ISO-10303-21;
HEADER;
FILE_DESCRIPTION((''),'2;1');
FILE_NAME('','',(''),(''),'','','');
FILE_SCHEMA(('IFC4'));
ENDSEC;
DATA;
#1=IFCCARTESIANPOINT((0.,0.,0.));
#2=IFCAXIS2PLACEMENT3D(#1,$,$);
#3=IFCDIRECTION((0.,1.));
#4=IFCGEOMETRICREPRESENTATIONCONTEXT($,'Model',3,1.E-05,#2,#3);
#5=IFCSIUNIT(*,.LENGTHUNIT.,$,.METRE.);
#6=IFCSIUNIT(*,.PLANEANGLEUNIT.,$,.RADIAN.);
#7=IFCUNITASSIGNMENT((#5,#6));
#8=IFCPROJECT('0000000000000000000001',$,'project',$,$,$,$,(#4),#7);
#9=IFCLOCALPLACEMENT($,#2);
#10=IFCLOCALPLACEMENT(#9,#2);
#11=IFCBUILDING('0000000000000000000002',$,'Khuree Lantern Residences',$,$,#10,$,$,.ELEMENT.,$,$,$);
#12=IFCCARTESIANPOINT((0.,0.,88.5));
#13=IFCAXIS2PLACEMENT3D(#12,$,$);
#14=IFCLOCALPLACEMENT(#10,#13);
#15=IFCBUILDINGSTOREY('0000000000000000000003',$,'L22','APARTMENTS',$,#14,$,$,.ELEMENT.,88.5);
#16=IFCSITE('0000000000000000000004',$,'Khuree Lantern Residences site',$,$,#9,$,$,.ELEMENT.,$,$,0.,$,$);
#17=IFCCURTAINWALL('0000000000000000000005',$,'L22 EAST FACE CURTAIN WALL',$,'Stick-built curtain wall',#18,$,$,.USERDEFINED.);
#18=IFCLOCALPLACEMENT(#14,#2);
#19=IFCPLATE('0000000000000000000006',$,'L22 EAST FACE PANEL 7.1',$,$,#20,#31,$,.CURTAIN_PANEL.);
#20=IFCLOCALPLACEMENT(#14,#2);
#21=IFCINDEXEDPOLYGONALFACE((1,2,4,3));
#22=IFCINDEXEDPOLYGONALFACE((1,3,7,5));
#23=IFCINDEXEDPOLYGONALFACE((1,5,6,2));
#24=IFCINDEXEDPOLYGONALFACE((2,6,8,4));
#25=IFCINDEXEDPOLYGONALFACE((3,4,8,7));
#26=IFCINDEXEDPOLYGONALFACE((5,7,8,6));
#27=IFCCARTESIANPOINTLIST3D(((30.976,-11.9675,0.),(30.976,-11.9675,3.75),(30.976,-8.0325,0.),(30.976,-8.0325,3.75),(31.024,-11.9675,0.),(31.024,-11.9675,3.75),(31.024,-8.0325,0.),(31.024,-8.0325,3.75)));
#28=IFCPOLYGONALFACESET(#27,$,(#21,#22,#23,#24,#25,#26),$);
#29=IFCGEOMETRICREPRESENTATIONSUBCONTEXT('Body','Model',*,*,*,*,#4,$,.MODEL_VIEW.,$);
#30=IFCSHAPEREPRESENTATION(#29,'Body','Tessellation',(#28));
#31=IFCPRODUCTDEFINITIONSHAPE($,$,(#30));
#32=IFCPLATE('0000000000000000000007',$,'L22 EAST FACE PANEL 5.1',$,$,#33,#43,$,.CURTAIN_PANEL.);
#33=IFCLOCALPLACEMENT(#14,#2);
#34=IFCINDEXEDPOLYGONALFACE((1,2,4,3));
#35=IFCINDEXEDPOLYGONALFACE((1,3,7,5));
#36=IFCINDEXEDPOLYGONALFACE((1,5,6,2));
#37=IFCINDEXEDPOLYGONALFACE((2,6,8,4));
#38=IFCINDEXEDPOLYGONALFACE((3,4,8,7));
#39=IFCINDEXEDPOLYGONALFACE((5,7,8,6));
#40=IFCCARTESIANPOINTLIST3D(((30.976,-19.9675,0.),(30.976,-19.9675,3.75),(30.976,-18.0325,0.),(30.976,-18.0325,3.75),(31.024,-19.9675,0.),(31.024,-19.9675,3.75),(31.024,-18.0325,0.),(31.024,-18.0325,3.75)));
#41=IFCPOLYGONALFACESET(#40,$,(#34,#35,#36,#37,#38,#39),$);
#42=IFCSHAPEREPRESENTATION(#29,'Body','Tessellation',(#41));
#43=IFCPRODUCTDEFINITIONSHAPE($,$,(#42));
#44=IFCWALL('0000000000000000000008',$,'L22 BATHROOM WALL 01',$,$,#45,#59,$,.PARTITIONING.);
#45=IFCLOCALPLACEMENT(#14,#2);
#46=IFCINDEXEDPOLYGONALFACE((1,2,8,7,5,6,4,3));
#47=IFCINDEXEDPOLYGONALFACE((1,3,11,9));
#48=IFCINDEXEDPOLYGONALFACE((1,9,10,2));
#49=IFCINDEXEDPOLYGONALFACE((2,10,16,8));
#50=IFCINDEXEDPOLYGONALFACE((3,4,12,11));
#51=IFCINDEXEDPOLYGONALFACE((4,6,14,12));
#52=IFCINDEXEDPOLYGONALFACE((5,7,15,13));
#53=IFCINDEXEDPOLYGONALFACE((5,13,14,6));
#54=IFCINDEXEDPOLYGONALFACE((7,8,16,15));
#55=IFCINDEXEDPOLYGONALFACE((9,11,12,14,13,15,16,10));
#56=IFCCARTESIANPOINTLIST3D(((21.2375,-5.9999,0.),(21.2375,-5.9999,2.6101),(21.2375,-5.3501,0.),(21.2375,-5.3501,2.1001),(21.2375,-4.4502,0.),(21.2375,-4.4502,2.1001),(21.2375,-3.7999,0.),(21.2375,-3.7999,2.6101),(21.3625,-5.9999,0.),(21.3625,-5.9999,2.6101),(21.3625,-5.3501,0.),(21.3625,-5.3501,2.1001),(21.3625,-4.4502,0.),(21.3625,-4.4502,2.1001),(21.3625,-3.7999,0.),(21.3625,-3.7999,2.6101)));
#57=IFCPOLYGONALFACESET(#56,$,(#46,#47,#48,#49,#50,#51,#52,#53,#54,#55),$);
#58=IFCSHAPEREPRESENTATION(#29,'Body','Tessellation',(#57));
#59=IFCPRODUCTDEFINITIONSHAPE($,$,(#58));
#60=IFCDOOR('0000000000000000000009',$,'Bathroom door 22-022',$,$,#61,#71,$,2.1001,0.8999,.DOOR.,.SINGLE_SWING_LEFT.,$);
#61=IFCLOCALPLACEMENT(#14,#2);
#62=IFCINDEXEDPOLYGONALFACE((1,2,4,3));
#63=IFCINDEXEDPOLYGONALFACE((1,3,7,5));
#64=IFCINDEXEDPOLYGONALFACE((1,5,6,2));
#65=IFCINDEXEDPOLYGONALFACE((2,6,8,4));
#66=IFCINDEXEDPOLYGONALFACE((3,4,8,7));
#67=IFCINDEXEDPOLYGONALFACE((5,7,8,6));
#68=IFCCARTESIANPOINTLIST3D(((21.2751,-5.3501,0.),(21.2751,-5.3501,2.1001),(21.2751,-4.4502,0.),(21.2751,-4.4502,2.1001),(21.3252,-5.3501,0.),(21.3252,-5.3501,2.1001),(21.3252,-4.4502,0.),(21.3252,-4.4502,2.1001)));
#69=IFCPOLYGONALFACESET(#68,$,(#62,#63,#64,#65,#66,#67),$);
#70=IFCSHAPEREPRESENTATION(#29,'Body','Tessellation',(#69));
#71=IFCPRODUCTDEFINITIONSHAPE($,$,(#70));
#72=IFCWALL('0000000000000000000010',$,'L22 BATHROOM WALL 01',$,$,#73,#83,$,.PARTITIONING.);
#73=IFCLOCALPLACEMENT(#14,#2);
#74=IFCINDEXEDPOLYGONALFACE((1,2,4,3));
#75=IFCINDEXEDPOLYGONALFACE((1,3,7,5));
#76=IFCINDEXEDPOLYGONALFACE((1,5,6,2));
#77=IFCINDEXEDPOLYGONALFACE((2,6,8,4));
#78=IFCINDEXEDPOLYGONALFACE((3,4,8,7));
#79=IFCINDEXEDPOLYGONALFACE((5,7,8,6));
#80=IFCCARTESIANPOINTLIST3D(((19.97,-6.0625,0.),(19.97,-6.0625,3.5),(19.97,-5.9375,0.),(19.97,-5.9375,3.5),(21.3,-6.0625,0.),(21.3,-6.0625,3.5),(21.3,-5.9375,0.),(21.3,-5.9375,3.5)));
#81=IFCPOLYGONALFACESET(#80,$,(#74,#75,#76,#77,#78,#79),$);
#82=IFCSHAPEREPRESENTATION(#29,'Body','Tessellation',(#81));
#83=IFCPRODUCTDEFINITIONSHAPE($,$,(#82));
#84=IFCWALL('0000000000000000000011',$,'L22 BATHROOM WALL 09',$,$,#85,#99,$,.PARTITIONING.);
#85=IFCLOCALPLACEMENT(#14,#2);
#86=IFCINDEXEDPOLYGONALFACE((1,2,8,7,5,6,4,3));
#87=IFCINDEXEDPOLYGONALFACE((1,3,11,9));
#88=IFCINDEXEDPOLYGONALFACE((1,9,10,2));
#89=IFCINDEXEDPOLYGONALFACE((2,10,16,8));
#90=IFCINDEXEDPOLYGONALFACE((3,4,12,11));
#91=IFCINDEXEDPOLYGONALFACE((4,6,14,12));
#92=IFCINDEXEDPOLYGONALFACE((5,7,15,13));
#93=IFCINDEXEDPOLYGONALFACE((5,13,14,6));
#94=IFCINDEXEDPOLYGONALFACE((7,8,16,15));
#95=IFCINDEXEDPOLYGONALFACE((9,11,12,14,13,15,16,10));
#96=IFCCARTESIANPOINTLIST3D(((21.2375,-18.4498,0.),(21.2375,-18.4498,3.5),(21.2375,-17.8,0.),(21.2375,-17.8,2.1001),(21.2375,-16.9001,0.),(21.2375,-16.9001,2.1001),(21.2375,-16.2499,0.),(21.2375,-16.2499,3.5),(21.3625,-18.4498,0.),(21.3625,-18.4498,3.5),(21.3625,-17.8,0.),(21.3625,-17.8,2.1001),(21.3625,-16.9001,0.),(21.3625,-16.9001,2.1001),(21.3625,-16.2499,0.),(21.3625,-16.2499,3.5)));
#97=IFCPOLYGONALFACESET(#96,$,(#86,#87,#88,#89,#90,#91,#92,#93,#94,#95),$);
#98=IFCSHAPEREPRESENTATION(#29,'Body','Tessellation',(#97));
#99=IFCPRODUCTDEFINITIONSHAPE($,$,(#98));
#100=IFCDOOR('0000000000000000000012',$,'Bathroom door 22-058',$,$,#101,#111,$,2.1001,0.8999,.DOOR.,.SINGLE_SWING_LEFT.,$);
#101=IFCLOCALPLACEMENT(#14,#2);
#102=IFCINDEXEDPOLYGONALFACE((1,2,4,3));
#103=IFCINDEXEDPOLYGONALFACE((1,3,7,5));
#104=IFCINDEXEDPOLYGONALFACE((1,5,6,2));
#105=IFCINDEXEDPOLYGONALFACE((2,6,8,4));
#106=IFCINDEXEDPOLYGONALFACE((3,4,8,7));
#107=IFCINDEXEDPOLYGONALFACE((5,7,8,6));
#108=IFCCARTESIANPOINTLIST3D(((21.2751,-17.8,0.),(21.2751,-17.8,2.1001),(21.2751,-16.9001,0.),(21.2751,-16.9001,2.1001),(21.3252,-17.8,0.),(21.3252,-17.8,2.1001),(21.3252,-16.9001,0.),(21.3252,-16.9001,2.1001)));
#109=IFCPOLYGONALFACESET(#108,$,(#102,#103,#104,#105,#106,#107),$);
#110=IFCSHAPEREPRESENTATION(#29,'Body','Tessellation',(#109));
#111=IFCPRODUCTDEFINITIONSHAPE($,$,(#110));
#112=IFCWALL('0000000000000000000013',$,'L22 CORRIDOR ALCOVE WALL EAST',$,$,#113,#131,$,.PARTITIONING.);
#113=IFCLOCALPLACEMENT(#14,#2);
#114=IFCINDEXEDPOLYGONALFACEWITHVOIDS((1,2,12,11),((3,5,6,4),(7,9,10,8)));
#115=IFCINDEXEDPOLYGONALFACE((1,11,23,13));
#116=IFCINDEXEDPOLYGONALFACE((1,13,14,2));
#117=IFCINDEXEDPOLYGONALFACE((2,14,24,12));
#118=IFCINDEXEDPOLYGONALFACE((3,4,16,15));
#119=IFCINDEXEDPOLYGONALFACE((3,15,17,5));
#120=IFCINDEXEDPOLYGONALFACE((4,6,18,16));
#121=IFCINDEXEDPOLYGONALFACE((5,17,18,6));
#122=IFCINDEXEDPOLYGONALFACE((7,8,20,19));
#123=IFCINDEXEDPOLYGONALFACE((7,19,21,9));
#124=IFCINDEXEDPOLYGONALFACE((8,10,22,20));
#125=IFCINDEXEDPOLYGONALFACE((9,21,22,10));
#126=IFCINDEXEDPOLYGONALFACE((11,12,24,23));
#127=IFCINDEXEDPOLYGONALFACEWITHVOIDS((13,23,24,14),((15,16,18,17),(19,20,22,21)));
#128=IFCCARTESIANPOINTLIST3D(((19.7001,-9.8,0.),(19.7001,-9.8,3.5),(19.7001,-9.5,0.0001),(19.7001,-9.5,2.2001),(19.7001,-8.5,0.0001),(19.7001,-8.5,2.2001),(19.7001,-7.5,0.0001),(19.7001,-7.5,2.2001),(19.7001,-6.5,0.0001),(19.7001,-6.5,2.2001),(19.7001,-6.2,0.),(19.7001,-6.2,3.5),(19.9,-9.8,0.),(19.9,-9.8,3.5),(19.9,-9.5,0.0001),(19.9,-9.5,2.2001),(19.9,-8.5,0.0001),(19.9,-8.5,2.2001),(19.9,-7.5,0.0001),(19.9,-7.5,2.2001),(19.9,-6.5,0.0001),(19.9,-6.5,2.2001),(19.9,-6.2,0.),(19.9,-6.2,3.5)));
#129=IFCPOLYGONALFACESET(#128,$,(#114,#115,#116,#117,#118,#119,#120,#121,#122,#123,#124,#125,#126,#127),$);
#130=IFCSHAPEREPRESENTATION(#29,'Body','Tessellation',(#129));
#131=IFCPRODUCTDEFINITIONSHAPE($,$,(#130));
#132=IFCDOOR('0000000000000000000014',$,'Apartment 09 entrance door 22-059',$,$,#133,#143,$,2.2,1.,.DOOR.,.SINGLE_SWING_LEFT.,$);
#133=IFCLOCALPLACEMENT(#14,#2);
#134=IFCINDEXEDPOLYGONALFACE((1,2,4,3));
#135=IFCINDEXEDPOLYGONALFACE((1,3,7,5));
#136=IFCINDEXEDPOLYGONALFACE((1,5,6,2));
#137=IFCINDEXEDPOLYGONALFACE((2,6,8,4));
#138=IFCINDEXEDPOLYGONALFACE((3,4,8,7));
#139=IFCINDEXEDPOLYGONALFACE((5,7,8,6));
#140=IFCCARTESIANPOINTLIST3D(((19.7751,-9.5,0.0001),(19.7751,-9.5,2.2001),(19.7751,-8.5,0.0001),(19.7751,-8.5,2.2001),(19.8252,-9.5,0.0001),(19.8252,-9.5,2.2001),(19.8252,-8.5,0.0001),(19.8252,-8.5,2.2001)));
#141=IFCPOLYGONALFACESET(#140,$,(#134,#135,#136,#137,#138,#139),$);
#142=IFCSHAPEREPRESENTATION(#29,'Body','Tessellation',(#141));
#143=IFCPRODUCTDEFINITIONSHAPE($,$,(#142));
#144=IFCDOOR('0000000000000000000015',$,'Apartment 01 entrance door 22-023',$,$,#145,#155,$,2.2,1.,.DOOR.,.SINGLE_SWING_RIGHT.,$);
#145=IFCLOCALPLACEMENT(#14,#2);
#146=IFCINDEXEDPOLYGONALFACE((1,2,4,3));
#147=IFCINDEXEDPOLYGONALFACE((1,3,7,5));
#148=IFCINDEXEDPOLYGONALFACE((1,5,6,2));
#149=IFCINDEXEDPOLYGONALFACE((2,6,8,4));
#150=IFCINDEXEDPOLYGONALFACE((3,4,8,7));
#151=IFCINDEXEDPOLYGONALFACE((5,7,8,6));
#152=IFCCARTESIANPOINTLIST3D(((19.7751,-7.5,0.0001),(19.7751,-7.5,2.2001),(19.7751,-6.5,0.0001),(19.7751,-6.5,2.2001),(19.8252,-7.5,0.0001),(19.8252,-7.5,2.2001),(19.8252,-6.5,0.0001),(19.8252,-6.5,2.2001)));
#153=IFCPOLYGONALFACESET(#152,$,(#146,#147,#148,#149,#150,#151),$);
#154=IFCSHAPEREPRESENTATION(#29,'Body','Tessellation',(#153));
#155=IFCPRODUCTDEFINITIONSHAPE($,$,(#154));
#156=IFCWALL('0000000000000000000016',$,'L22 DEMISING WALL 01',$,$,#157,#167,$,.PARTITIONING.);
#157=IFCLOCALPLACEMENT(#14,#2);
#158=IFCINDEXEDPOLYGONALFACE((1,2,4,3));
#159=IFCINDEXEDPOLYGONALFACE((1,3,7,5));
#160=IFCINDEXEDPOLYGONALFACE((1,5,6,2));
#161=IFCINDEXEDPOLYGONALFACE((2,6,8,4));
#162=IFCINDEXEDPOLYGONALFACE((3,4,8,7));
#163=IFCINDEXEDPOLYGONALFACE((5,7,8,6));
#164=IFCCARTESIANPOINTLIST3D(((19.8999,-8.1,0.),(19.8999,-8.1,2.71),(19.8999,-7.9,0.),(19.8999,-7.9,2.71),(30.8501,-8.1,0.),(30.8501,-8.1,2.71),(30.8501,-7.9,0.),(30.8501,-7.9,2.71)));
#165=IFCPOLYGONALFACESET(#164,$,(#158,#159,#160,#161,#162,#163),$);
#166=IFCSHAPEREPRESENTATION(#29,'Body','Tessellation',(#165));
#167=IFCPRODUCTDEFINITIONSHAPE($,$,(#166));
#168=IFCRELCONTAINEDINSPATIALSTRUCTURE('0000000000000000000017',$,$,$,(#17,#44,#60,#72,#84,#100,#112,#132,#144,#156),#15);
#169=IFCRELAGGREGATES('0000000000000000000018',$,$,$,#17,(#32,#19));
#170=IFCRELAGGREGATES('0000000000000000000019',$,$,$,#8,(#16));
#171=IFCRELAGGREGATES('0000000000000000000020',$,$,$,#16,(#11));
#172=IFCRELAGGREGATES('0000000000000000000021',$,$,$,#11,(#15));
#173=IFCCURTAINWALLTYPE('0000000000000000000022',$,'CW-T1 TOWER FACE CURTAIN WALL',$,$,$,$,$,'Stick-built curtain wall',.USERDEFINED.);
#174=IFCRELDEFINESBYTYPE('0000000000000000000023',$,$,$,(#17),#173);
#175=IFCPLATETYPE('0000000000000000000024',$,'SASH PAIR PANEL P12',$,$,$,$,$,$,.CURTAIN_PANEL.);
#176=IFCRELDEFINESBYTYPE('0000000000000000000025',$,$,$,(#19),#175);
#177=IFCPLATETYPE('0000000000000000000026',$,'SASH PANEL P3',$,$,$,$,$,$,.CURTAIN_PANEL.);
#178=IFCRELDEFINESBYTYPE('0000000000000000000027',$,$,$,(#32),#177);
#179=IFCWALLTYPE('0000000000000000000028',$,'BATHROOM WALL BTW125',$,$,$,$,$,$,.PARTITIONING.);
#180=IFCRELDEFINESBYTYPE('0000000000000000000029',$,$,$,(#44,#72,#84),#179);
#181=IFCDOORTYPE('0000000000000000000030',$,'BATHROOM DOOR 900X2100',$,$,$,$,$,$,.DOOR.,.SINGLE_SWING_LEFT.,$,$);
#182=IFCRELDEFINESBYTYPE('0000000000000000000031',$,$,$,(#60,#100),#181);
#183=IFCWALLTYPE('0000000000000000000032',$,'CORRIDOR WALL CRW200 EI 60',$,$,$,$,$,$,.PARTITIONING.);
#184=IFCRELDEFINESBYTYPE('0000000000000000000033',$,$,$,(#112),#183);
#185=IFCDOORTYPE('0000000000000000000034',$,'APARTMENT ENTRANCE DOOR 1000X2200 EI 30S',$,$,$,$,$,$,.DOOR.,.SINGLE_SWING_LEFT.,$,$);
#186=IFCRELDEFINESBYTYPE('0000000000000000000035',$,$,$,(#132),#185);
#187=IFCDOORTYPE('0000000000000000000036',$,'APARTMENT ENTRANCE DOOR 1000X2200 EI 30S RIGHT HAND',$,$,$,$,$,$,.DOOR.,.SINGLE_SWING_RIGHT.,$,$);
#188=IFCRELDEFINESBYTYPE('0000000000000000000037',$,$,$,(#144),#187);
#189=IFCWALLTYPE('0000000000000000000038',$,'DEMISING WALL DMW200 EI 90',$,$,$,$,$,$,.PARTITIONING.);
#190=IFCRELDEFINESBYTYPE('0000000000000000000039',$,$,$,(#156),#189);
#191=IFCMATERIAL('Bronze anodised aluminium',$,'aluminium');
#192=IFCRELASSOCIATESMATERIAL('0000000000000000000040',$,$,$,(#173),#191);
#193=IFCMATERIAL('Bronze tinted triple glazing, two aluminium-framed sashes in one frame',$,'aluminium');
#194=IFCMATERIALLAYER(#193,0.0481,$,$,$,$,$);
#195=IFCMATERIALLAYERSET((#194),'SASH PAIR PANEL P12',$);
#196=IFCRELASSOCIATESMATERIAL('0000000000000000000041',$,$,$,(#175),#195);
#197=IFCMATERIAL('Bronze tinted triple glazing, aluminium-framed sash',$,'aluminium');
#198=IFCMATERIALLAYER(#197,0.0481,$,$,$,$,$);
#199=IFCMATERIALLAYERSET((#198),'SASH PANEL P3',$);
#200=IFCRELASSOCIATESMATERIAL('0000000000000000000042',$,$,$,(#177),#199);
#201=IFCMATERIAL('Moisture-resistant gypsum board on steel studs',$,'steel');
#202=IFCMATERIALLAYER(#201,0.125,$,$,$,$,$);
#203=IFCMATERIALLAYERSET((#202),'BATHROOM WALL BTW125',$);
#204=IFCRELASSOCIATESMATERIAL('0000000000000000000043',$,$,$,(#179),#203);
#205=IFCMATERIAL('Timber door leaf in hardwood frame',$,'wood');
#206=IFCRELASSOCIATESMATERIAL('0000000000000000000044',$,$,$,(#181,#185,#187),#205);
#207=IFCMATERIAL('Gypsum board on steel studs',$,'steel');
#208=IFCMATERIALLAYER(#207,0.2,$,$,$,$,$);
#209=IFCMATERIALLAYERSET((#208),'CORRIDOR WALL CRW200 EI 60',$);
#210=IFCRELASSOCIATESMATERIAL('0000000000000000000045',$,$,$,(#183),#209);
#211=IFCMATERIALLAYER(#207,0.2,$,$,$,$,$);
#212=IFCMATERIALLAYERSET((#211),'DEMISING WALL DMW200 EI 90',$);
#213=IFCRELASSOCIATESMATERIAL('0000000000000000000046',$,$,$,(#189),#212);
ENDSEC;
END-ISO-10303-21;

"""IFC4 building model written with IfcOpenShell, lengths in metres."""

from ifc_helpers import new_model, si_unit, direction, frame, frame_2d, origin, origin_2d, place, context, subcontext, project, spatial, rectangle, extrude, material, layer, layer_set, type_object, element, fill, aggregate, save


model = new_model("IFC4")

# Units and contexts
model_context = context("Model", 3, precision=1e-05, world=origin(), true_north=direction((0.0, 1.0)))
body_context = subcontext(model_context, "Body", "Model", "MODEL_VIEW")
ifc_project = project(units=[si_unit("LENGTHUNIT", "METRE"), si_unit("PLANEANGLEUNIT", "RADIAN")], contexts=[model_context])

# Site, building, storey
site_placement = place(None, origin())
site = spatial("IfcSite", under=ifc_project, at=site_placement, Name="Khuree Lantern Residences site", CompositionType="ELEMENT", RefElevation=0.0)
building_placement = place(site_placement, origin())
building = spatial("IfcBuilding", under=site, at=building_placement, Name="Khuree Lantern Residences", CompositionType="ELEMENT")
storey_placement = place(building_placement, frame((0.0, 0.0, 88.5)))
storey = spatial("IfcBuildingStorey", under=building, at=storey_placement, Name="L22", Description="APARTMENTS", CompositionType="ELEMENT", Elevation=88.5)

# Curtain wall
ifc_material_1 = material(Name="Bronze anodised aluminium", Category="aluminium")
curtain_wall_type = type_object("IfcCurtainWallType", Name="CW-T1 TOWER FACE CURTAIN WALL", ElementType="Stick-built curtain wall", PredefinedType="USERDEFINED", material=ifc_material_1)
curtain_wall_placement = place(storey_placement, origin())
curtain_wall = element("IfcCurtainWall", 1, at=curtain_wall_placement, inside=storey, type_object=curtain_wall_type, Name="L22 EAST FACE CURTAIN WALL", ObjectType="Stick-built curtain wall", PredefinedType="USERDEFINED")

# Plates
ifc_material_2 = material(Name="Bronze tinted triple glazing, two aluminium-framed sashes in one frame", Category="aluminium")
ifc_layer_1 = layer(ifc_material_2, 0.0481)
ifc_layer_set_1 = layer_set([ifc_layer_1], Name="SASH PAIR PANEL P12")
plate_type_1 = type_object("IfcPlateType", Name="SASH PAIR PANEL P12", PredefinedType="CURTAIN_PANEL", material=ifc_layer_set_1)
plate_1_placement = place(storey_placement, frame((31.0, -10.0, 0.0), z_axis=(0.0, 0.0, 1.0), x_axis=(0.0, 1.0, 0.0)))
plate_1 = element("IfcPlate", 2, at=plate_1_placement, type_object=plate_type_1, Name="L22 EAST FACE PANEL 7.1", PredefinedType="CURTAIN_PANEL", context=body_context, shape_type="SweptSolid", body=[
    extrude(rectangle(XDim=3.9351, YDim=0.0481, at=origin_2d()), origin(), (0.0, 0.0, 1.0), 3.75),
])
ifc_material_3 = material(Name="Bronze tinted triple glazing, aluminium-framed sash", Category="aluminium")
ifc_layer_2 = layer(ifc_material_3, 0.0481)
ifc_layer_set_2 = layer_set([ifc_layer_2], Name="SASH PANEL P3")
plate_type_2 = type_object("IfcPlateType", Name="SASH PANEL P3", PredefinedType="CURTAIN_PANEL", material=ifc_layer_set_2)
plate_2_placement = place(storey_placement, frame((31.0, -19.0, 0.0), z_axis=(0.0, 0.0, 1.0), x_axis=(0.0, 1.0, 0.0)))
plate_2 = element("IfcPlate", 3, at=plate_2_placement, type_object=plate_type_2, Name="L22 EAST FACE PANEL 5.1", PredefinedType="CURTAIN_PANEL", context=body_context, shape_type="SweptSolid", body=[
    extrude(rectangle(XDim=1.9351, YDim=0.0481, at=origin_2d()), origin(), (0.0, 0.0, 1.0), 3.75),
])
aggregate(curtain_wall, [plate_2, plate_1])

# Wall, opening, door
ifc_material_4 = material(Name="Moisture-resistant gypsum board on steel studs", Category="steel")
ifc_layer_3 = layer(ifc_material_4, 0.125)
ifc_layer_set_3 = layer_set([ifc_layer_3], Name="BATHROOM WALL BTW125")
wall_type_1 = type_object("IfcWallType", Name="BATHROOM WALL BTW125", PredefinedType="PARTITIONING", material=ifc_layer_set_3)
wall_1_placement = place(storey_placement, frame((21.3, -6.0, 0.0), z_axis=(0.0, 0.0, 1.0), x_axis=(0.0, 1.0, 0.0)))
wall_1 = element("IfcWall", 4, at=wall_1_placement, inside=storey, type_object=wall_type_1, Name="L22 BATHROOM WALL 01", PredefinedType="PARTITIONING", context=body_context, shape_type="SweptSolid", body=[
    extrude(rectangle(XDim=2.2, YDim=0.125, at=frame_2d((1.1001, 0.0))), origin(), (0.0, 0.0, 1.0), 2.6101),
])
opening_1_placement = place(wall_1_placement, frame((0.6499, 0.0, 0.0)))
opening_1 = element("IfcOpeningElement", 5, at=opening_1_placement, cuts=wall_1, PredefinedType="OPENING", context=body_context, shape_type="SweptSolid", body=[
    extrude(rectangle(XDim=0.8999, YDim=2.1001, at=frame_2d((0.45, 1.05))), frame((0.0, 0.0725, 0.0), z_axis=(0.0, -1.0, 0.0), x_axis=(1.0, 0.0, 0.0)), (0.0, 0.0, 1.0), 0.145),
])
ifc_material_5 = material(Name="Timber door leaf in hardwood frame", Category="wood")
door_type_1 = type_object("IfcDoorType", Name="BATHROOM DOOR 900X2100", OperationType="SINGLE_SWING_LEFT", PredefinedType="DOOR", material=ifc_material_5)
door_1_placement = place(opening_1_placement, origin())
door_1 = element("IfcDoor", 6, at=door_1_placement, inside=storey, type_object=door_type_1, Name="Bathroom door 22-022", OperationType="SINGLE_SWING_LEFT", OverallHeight=2.1001, OverallWidth=0.8999, PredefinedType="DOOR", context=body_context, shape_type="SweptSolid", body=[
    extrude(rectangle(XDim=0.8999, YDim=2.1001, at=frame_2d((0.45, 1.05))), frame((0.0, 0.0249, 0.0), z_axis=(0.0, -1.0, 0.0), x_axis=(1.0, 0.0, 0.0)), (0.0, 0.0, 1.0), 0.05),
])
fill(opening_1, door_1)

# Wall
wall_2_placement = place(storey_placement, frame((19.97, -6.0, 0.0), z_axis=(0.0, 0.0, 1.0), x_axis=(1.0, 0.0, 0.0)))
element("IfcWall", 7, at=wall_2_placement, inside=storey, type_object=wall_type_1, Name="L22 BATHROOM WALL 01", PredefinedType="PARTITIONING", context=body_context, shape_type="SweptSolid", body=[
    extrude(rectangle(XDim=1.3301, YDim=0.125, at=frame_2d((0.665, 0.0))), origin(), (0.0, 0.0, 1.0), 3.5),
])

# Wall, opening, door
wall_3_placement = place(storey_placement, frame((21.3, -18.45, 0.0), z_axis=(0.0, 0.0, 1.0), x_axis=(0.0, 1.0, 0.0)))
wall_3 = element("IfcWall", 8, at=wall_3_placement, inside=storey, type_object=wall_type_1, Name="L22 BATHROOM WALL 09", PredefinedType="PARTITIONING", context=body_context, shape_type="SweptSolid", body=[
    extrude(rectangle(XDim=2.2, YDim=0.125, at=frame_2d((1.1001, 0.0))), origin(), (0.0, 0.0, 1.0), 3.5),
])
opening_2_placement = place(wall_3_placement, frame((0.6499, 0.0, 0.0)))
opening_2 = element("IfcOpeningElement", 9, at=opening_2_placement, cuts=wall_3, PredefinedType="OPENING", context=body_context, shape_type="SweptSolid", body=[
    extrude(rectangle(XDim=0.8999, YDim=2.1001, at=frame_2d((0.45, 1.05))), frame((0.0, 0.0725, 0.0), z_axis=(0.0, -1.0, 0.0), x_axis=(1.0, 0.0, 0.0)), (0.0, 0.0, 1.0), 0.145),
])
door_2_placement = place(opening_2_placement, origin())
door_2 = element("IfcDoor", 10, at=door_2_placement, inside=storey, type_object=door_type_1, Name="Bathroom door 22-058", OperationType="SINGLE_SWING_LEFT", OverallHeight=2.1001, OverallWidth=0.8999, PredefinedType="DOOR", context=body_context, shape_type="SweptSolid", body=[
    extrude(rectangle(XDim=0.8999, YDim=2.1001, at=frame_2d((0.45, 1.05))), frame((0.0, 0.0249, 0.0), z_axis=(0.0, -1.0, 0.0), x_axis=(1.0, 0.0, 0.0)), (0.0, 0.0, 1.0), 0.05),
])
fill(opening_2, door_2)

# Wall, openings, doors
ifc_material_6 = material(Name="Gypsum board on steel studs", Category="steel")
ifc_layer_4 = layer(ifc_material_6, 0.2)
ifc_layer_set_4 = layer_set([ifc_layer_4], Name="CORRIDOR WALL CRW200 EI 60")
wall_type_2 = type_object("IfcWallType", Name="CORRIDOR WALL CRW200 EI 60", PredefinedType="PARTITIONING", material=ifc_layer_set_4)
wall_4_placement = place(storey_placement, frame((19.8, -9.8, 0.0), z_axis=(0.0, 0.0, 1.0), x_axis=(0.0, 1.0, 0.0)))
wall_4 = element("IfcWall", 11, at=wall_4_placement, inside=storey, type_object=wall_type_2, Name="L22 CORRIDOR ALCOVE WALL EAST", PredefinedType="PARTITIONING", context=body_context, shape_type="SweptSolid", body=[
    extrude(rectangle(XDim=3.6001, YDim=0.2, at=frame_2d((1.8, 0.0))), origin(), (0.0, 0.0, 1.0), 3.5),
])
opening_3_placement = place(wall_4_placement, frame((2.3, 0.0, 0.0)))
opening_3 = element("IfcOpeningElement", 12, at=opening_3_placement, cuts=wall_4, PredefinedType="OPENING", context=body_context, shape_type="SweptSolid", body=[
    extrude(rectangle(XDim=1.0, YDim=2.2, at=frame_2d((0.5, 1.1001))), frame((0.0, 0.1099, 0.0), z_axis=(0.0, -1.0, 0.0), x_axis=(1.0, 0.0, 0.0)), (0.0, 0.0, 1.0), 0.22),
])
opening_4_placement = place(wall_4_placement, frame((0.3, 0.0, 0.0)))
opening_4 = element("IfcOpeningElement", 13, at=opening_4_placement, cuts=wall_4, PredefinedType="OPENING", context=body_context, shape_type="SweptSolid", body=[
    extrude(rectangle(XDim=1.0, YDim=2.2, at=frame_2d((0.5, 1.1001))), frame((0.0, 0.1099, 0.0), z_axis=(0.0, -1.0, 0.0), x_axis=(1.0, 0.0, 0.0)), (0.0, 0.0, 1.0), 0.22),
])
door_type_2 = type_object("IfcDoorType", Name="APARTMENT ENTRANCE DOOR 1000X2200 EI 30S", OperationType="SINGLE_SWING_LEFT", PredefinedType="DOOR", material=ifc_material_5)
door_3_placement = place(opening_4_placement, origin())
door_3 = element("IfcDoor", 14, at=door_3_placement, inside=storey, type_object=door_type_2, Name="Apartment 09 entrance door 22-059", OperationType="SINGLE_SWING_LEFT", OverallHeight=2.2, OverallWidth=1.0, PredefinedType="DOOR", context=body_context, shape_type="SweptSolid", body=[
    extrude(rectangle(XDim=1.0, YDim=2.2, at=frame_2d((0.5, 1.1001))), frame((0.0, 0.0249, 0.0), z_axis=(0.0, -1.0, 0.0), x_axis=(1.0, 0.0, 0.0)), (0.0, 0.0, 1.0), 0.05),
])
fill(opening_4, door_3)
door_type_3 = type_object("IfcDoorType", Name="APARTMENT ENTRANCE DOOR 1000X2200 EI 30S RIGHT HAND", OperationType="SINGLE_SWING_RIGHT", PredefinedType="DOOR", material=ifc_material_5)
door_4_placement = place(opening_3_placement, origin())
door_4 = element("IfcDoor", 15, at=door_4_placement, inside=storey, type_object=door_type_3, Name="Apartment 01 entrance door 22-023", OperationType="SINGLE_SWING_RIGHT", OverallHeight=2.2, OverallWidth=1.0, PredefinedType="DOOR", context=body_context, shape_type="SweptSolid", body=[
    extrude(rectangle(XDim=1.0, YDim=2.2, at=frame_2d((0.5, 1.1001))), frame((0.0, 0.0249, 0.0), z_axis=(0.0, -1.0, 0.0), x_axis=(1.0, 0.0, 0.0)), (0.0, 0.0, 1.0), 0.05),
])
fill(opening_3, door_4)

# Wall
ifc_layer_5 = layer(ifc_material_6, 0.2)
ifc_layer_set_5 = layer_set([ifc_layer_5], Name="DEMISING WALL DMW200 EI 90")
wall_type_3 = type_object("IfcWallType", Name="DEMISING WALL DMW200 EI 90", PredefinedType="PARTITIONING", material=ifc_layer_set_5)
wall_5_placement = place(storey_placement, frame((19.8999, -8.0, 0.0), z_axis=(0.0, 0.0, 1.0), x_axis=(1.0, 0.0, 0.0)))
element("IfcWall", 16, at=wall_5_placement, inside=storey, type_object=wall_type_3, Name="L22 DEMISING WALL 01", PredefinedType="PARTITIONING", context=body_context, shape_type="SweptSolid", body=[
    extrude(rectangle(XDim=10.9502, YDim=0.2, at=frame_2d((5.4751, 0.0))), origin(), (0.0, 0.0, 1.0), 2.71),
])

save(model, "model.ifc")
